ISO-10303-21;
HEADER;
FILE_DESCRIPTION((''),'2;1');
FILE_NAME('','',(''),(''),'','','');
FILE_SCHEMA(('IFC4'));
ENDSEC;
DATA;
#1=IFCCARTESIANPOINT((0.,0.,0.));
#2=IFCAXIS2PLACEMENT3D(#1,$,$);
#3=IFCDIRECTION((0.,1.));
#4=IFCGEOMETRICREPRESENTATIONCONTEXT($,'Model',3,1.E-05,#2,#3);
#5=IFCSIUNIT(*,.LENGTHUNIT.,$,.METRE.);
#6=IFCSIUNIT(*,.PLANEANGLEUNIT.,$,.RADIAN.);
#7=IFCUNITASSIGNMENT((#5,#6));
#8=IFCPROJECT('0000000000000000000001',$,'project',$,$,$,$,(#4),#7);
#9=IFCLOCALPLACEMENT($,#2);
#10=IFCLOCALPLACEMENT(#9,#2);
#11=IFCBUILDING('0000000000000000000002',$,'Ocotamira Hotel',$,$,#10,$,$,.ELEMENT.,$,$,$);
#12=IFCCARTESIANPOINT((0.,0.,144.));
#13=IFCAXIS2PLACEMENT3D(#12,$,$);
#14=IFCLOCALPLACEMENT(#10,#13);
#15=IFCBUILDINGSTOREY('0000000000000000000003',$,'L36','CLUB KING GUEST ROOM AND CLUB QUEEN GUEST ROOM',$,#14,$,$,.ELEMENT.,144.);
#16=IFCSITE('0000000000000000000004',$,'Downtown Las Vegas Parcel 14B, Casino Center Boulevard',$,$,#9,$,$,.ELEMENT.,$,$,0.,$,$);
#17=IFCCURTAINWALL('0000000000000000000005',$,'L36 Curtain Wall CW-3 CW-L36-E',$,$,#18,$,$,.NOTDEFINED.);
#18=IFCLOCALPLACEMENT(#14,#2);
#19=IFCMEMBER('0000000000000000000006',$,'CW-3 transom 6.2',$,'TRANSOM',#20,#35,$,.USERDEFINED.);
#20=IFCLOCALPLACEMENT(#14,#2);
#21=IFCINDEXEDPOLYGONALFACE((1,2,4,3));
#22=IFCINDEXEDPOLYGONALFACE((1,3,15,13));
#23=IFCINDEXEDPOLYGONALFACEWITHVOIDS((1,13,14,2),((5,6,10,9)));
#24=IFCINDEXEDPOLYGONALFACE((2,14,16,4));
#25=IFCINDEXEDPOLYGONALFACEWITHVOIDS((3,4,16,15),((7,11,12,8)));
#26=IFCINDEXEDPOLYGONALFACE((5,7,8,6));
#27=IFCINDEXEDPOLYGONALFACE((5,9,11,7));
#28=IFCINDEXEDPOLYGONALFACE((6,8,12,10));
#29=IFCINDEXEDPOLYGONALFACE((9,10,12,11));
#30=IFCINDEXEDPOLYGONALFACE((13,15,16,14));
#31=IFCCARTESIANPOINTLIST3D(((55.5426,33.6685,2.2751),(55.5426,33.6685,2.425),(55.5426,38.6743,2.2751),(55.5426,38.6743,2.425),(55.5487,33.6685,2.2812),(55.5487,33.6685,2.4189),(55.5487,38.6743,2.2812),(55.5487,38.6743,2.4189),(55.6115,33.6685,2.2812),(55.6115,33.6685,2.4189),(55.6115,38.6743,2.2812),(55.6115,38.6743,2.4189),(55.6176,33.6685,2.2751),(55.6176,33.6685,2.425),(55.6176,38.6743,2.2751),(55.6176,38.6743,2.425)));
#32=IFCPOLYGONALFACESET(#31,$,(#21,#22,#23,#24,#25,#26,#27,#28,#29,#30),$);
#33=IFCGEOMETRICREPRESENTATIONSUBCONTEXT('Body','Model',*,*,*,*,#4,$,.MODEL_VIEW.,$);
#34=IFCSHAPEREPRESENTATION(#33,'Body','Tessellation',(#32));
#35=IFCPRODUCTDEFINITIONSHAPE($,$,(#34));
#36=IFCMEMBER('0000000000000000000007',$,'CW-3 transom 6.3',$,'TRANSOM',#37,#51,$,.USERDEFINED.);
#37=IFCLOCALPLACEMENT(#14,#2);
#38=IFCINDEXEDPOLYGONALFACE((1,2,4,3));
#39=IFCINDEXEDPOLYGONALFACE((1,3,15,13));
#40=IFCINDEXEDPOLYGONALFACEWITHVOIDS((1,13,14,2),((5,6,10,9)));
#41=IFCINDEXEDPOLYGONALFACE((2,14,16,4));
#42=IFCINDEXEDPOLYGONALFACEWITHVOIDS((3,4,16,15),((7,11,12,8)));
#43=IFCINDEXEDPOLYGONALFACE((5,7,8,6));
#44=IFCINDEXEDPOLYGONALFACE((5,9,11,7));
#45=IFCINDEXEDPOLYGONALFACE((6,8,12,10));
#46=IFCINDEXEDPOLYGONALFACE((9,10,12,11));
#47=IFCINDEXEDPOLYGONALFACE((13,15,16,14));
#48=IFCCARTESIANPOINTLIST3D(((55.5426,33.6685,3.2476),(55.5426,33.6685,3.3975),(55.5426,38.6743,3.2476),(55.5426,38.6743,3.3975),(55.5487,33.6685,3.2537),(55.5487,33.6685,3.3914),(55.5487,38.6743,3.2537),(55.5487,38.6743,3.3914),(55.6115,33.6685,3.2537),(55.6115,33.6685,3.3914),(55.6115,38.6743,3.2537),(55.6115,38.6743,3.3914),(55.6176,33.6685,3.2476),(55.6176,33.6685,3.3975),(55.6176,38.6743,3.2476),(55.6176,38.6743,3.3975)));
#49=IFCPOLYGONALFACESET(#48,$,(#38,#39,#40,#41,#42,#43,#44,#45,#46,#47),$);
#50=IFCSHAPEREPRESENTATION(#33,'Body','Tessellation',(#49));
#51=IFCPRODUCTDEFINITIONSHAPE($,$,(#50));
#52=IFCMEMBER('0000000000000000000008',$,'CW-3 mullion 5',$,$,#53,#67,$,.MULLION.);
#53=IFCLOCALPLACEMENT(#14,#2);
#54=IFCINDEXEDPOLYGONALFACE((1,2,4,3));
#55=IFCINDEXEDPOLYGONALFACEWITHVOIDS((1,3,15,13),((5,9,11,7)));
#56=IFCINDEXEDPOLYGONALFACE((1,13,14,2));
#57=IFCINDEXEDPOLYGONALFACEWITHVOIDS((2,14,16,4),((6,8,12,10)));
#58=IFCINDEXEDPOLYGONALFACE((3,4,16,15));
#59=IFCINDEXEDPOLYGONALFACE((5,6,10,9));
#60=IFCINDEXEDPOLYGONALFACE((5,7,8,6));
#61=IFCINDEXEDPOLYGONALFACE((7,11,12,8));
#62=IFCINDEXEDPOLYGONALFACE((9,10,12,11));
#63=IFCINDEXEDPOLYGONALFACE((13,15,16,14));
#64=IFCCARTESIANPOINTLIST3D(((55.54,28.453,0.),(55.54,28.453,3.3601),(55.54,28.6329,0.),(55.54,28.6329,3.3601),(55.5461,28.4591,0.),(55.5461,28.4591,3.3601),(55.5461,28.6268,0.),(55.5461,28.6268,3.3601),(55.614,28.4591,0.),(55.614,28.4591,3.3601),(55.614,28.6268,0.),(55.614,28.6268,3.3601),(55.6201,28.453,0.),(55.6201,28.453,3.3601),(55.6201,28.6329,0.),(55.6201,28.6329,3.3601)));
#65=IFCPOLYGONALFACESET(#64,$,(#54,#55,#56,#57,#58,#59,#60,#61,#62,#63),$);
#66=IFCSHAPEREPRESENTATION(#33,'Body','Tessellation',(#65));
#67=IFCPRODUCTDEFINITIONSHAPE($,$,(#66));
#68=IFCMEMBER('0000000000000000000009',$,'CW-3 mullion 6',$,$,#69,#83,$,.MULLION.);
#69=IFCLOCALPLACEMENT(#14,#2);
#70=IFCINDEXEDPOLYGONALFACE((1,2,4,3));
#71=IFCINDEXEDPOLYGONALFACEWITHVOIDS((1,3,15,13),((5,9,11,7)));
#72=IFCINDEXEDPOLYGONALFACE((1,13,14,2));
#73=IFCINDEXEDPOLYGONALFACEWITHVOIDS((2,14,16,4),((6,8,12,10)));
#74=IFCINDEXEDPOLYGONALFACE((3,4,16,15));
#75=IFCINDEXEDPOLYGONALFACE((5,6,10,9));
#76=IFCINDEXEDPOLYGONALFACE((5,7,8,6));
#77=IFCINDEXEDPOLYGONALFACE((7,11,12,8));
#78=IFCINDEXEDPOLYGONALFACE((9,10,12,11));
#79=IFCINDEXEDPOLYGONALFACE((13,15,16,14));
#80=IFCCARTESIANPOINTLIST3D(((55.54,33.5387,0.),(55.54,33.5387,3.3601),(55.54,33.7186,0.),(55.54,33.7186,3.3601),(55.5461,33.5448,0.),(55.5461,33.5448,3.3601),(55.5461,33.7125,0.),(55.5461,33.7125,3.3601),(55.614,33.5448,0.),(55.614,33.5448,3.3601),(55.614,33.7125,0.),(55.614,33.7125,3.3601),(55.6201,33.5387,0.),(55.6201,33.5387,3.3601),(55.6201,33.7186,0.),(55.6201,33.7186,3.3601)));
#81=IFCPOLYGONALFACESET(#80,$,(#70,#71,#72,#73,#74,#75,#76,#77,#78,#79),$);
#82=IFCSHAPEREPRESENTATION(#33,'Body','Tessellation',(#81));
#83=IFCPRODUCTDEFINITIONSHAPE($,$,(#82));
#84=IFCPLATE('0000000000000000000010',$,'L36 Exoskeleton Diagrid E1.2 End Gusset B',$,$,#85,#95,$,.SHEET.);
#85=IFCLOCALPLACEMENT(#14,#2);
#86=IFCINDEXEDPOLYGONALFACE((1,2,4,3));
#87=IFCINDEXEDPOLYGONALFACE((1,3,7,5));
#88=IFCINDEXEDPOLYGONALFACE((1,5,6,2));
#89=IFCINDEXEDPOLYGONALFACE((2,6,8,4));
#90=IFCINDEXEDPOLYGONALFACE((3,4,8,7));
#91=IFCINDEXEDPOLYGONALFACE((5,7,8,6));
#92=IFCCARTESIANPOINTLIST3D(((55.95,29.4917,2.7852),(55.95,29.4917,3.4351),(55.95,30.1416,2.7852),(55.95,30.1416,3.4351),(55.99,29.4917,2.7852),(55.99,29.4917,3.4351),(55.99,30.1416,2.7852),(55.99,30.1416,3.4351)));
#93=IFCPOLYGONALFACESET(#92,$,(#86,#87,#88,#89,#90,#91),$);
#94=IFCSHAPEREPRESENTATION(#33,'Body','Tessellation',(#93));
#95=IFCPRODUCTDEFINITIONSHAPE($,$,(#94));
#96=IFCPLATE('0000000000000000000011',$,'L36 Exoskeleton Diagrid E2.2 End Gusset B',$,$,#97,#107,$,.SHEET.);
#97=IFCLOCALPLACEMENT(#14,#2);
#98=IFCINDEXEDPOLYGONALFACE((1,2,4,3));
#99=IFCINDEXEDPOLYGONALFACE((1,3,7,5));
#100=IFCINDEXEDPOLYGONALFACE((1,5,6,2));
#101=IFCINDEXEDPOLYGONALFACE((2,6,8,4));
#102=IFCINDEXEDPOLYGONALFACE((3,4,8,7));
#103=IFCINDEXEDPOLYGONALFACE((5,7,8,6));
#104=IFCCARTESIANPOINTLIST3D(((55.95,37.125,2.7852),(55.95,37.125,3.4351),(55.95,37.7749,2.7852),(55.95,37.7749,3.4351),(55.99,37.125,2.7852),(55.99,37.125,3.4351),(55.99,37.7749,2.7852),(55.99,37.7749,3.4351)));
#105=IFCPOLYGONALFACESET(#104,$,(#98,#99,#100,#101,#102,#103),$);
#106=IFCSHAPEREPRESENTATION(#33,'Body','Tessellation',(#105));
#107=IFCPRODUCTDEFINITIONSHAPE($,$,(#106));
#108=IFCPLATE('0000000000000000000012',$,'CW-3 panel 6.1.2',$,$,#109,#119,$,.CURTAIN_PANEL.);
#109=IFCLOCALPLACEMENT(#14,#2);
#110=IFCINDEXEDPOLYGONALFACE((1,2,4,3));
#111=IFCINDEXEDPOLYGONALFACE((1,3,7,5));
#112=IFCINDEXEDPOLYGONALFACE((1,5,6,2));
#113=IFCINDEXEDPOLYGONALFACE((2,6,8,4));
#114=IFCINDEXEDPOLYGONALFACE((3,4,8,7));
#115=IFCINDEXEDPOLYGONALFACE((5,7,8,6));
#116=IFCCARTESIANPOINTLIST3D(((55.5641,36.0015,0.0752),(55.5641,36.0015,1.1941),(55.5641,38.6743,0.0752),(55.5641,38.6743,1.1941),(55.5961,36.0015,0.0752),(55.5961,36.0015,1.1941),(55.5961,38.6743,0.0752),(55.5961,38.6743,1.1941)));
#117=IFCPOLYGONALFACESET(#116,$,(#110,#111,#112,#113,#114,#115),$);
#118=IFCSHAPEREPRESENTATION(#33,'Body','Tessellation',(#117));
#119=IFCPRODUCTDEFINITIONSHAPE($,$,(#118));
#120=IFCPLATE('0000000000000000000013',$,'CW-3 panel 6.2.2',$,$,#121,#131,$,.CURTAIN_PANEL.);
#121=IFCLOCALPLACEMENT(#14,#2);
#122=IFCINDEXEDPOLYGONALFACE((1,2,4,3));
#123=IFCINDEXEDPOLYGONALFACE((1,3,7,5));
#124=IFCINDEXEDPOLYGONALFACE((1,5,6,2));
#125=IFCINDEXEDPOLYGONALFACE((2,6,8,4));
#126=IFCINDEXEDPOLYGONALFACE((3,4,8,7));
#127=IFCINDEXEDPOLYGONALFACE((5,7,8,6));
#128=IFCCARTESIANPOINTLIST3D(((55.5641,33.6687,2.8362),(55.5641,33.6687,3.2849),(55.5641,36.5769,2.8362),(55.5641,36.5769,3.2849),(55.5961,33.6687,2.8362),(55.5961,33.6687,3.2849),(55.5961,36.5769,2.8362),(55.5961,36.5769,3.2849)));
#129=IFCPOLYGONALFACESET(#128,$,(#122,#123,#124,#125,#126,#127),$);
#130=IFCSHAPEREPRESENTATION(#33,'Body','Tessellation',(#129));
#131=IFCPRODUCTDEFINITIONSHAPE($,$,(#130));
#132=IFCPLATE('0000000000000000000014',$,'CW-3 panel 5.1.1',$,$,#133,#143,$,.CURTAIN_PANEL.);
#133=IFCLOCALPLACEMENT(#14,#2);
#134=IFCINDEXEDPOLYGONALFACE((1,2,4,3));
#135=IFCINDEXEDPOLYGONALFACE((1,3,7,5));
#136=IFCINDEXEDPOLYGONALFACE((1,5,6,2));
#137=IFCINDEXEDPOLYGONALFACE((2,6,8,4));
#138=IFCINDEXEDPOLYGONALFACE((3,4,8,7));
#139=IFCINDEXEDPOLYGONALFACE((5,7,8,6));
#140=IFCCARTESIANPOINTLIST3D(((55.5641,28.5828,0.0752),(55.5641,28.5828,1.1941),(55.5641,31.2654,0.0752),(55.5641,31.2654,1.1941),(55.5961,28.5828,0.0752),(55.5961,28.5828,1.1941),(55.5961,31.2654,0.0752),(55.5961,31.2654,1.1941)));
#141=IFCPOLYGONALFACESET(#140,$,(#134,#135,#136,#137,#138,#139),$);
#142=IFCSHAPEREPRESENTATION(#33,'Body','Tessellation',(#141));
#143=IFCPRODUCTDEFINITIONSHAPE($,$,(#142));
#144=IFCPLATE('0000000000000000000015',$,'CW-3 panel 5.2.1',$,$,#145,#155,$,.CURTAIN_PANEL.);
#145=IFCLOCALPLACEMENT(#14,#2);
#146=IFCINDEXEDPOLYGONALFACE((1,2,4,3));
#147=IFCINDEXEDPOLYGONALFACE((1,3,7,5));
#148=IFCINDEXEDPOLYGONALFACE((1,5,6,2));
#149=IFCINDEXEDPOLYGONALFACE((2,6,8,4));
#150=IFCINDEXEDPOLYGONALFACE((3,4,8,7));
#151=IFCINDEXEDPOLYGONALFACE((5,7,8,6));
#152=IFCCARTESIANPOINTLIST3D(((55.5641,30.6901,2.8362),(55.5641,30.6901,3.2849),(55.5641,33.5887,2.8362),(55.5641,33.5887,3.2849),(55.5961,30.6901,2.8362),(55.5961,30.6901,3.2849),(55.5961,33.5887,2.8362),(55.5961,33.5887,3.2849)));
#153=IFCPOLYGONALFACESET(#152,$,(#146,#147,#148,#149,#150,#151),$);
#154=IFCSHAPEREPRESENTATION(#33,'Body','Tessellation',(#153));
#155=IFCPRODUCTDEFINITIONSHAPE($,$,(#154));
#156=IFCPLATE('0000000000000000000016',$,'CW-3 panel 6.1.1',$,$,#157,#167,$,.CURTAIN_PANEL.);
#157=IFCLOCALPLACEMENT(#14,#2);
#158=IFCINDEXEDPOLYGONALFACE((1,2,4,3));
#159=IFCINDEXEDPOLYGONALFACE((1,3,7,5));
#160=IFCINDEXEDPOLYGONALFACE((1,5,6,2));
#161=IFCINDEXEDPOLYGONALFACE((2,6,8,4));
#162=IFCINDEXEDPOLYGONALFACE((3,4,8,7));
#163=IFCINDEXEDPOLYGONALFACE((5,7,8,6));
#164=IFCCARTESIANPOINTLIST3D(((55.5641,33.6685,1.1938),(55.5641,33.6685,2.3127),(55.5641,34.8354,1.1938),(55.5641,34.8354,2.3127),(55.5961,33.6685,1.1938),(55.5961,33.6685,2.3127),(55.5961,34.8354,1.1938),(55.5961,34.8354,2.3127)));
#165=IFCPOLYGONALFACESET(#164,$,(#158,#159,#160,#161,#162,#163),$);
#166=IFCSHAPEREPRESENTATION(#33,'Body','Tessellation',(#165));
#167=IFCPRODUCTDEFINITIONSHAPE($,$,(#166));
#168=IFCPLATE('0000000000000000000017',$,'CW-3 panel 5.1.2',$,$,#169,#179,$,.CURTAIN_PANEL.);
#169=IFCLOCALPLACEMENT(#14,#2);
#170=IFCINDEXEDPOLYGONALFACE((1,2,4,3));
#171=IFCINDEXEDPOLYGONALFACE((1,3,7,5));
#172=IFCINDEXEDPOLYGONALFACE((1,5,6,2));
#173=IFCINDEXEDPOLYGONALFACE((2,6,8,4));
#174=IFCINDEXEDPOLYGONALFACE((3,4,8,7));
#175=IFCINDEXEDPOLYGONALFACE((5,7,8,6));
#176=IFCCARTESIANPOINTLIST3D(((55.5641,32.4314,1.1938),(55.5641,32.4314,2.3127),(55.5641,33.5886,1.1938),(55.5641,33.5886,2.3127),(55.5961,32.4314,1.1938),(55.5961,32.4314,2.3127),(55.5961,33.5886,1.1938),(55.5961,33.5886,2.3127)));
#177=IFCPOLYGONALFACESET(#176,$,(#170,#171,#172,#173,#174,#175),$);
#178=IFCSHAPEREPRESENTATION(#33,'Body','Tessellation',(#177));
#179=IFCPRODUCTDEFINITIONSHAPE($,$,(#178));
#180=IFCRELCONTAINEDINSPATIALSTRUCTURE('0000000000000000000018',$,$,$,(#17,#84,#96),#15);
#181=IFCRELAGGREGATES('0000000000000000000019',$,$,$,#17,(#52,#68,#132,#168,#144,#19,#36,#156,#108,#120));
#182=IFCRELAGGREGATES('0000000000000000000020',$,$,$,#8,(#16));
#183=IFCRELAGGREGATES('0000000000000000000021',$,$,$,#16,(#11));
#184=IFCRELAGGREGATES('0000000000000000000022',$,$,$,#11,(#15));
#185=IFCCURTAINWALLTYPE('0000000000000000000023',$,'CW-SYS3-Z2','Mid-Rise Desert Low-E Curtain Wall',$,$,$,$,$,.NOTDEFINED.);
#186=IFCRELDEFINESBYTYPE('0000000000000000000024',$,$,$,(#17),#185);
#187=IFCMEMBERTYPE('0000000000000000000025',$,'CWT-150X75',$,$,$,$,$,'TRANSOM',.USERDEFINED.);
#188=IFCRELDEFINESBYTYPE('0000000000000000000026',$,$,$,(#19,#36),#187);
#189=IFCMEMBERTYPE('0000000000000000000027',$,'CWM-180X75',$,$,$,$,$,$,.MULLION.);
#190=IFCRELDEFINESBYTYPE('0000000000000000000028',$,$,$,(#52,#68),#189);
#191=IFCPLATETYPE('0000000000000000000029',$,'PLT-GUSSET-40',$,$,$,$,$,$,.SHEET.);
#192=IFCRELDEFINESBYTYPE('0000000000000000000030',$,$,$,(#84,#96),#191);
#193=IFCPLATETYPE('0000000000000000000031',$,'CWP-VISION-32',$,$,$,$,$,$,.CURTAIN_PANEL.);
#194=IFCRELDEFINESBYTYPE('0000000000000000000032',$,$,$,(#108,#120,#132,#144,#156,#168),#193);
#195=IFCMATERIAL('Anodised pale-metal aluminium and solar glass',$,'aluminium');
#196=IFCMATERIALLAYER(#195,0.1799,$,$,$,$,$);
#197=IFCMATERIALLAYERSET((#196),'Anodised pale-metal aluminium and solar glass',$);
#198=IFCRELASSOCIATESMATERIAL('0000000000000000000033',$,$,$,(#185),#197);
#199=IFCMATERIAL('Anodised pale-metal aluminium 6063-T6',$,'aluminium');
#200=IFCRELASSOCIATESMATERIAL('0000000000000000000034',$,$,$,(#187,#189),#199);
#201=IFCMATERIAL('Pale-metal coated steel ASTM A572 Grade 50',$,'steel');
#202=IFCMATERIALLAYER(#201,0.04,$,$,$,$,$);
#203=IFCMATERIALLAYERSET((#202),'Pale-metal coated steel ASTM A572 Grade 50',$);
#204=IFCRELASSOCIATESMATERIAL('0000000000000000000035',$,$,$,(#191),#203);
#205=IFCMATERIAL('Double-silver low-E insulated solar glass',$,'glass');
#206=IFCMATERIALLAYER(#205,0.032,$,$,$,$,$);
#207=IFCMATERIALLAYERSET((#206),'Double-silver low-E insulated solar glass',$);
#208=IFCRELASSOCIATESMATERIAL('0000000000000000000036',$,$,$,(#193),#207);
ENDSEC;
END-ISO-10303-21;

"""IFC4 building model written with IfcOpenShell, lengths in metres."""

from ifc_helpers import new_model, si_unit, direction, frame, origin, origin_2d, place, context, subcontext, project, spatial, rectangle, hollow_rectangle, extrude, source, transform, mapped, material, layer, layer_set, material_profile, profile_set, type_object, element, aggregate, save


model = new_model("IFC4")

# Units and contexts
model_context = context("Model", 3, precision=1e-05, world=origin(), true_north=direction((0.0, 1.0)))
body_context = subcontext(model_context, "Body", "Model", "MODEL_VIEW")
ifc_project = project(units=[si_unit("LENGTHUNIT", "METRE"), si_unit("PLANEANGLEUNIT", "RADIAN")], contexts=[model_context])

# Site, building, storey
site_placement = place(None, origin())
site = spatial("IfcSite", under=ifc_project, at=site_placement, Name="Downtown Las Vegas Parcel 14B, Casino Center Boulevard", CompositionType="ELEMENT", RefElevation=0.0)
building_placement = place(site_placement, origin())
building = spatial("IfcBuilding", under=site, at=building_placement, Name="Ocotamira Hotel", CompositionType="ELEMENT")
storey_placement = place(building_placement, frame((0.0, 0.0, 144.0)))
storey = spatial("IfcBuildingStorey", under=building, at=storey_placement, Name="L36", Description="CLUB KING GUEST ROOM AND CLUB QUEEN GUEST ROOM", CompositionType="ELEMENT", Elevation=144.0)

# Curtain wall, members
ifc_material_1 = material(Name="Anodised pale-metal aluminium and solar glass", Category="aluminium")
ifc_layer_1 = layer(ifc_material_1, 0.1799)
ifc_layer_set_1 = layer_set([ifc_layer_1], Name="Anodised pale-metal aluminium and solar glass")
curtain_wall_type = type_object("IfcCurtainWallType", Name="CW-SYS3-Z2", Description="Mid-Rise Desert Low-E Curtain Wall", PredefinedType="NOTDEFINED", material=ifc_layer_set_1)
curtain_wall_placement = place(storey_placement, origin())
curtain_wall = element("IfcCurtainWall", 1, at=curtain_wall_placement, inside=storey, type_object=curtain_wall_type, Name="L36 Curtain Wall CW-3 CW-L36-E", PredefinedType="NOTDEFINED")
ifc_material_2 = material(Name="Anodised pale-metal aluminium 6063-T6", Category="aluminium")
ifc_material_profile_1 = material_profile(ifc_material_2, hollow_rectangle(XDim=0.075, YDim=0.1499, WallThickness=0.0061, at=origin_2d()), Name="HSS150X75X6")
ifc_profile_set_1 = profile_set([ifc_material_profile_1], Name="Anodised pale-metal aluminium 6063-T6")
member_type_1 = type_object("IfcMemberType", Name="CWT-150X75", ElementType="TRANSOM", PredefinedType="USERDEFINED", material=ifc_profile_set_1)
shared_shape_1 = source(origin(), body_context, "Body", "SweptSolid", [
    extrude(hollow_rectangle(XDim=0.075, YDim=0.1499, WallThickness=0.0061, at=origin_2d()), origin(), (0.0, 0.0, 1.0), 5.0059),
])
member_1_placement = place(storey_placement, frame((55.5801, 33.6685, 2.3501), z_axis=(0.0, 1.0, 0.0), x_axis=(-1.0, 0.0, 0.0)))
member_1 = element("IfcMember", 2, at=member_1_placement, type_object=member_type_1, Name="CW-3 transom 6.2", ObjectType="TRANSOM", PredefinedType="USERDEFINED", context=body_context, shape_type="MappedRepresentation", body=[
    mapped(shared_shape_1, transform((0.0, 0.0, 0.0), scale=1.0)),
])
member_2_placement = place(storey_placement, frame((55.5801, 33.6685, 3.3225), z_axis=(0.0, 1.0, 0.0), x_axis=(-1.0, 0.0, 0.0)))
member_2 = element("IfcMember", 3, at=member_2_placement, type_object=member_type_1, Name="CW-3 transom 6.3", ObjectType="TRANSOM", PredefinedType="USERDEFINED", context=body_context, shape_type="MappedRepresentation", body=[
    mapped(shared_shape_1, transform((0.0, 0.0, 0.0), scale=1.0)),
])
ifc_material_profile_2 = material_profile(ifc_material_2, hollow_rectangle(XDim=0.0801, YDim=0.1799, WallThickness=0.0061, at=origin_2d()), Name="HSS180X80X6")
ifc_profile_set_2 = profile_set([ifc_material_profile_2], Name="Anodised pale-metal aluminium 6063-T6")
member_type_2 = type_object("IfcMemberType", Name="CWM-180X75", PredefinedType="MULLION", material=ifc_profile_set_2)
shared_shape_2 = source(origin(), body_context, "Body", "SweptSolid", [
    extrude(hollow_rectangle(XDim=0.0801, YDim=0.1799, WallThickness=0.0061, at=origin_2d()), origin(), (0.0, 0.0, 1.0), 3.3601),
])
member_3_placement = place(storey_placement, frame((55.5801, 28.543, 0.0), z_axis=(0.0, 0.0, 1.0), x_axis=(-1.0, 0.0, 0.0)))
member_3 = element("IfcMember", 4, at=member_3_placement, type_object=member_type_2, Name="CW-3 mullion 5", PredefinedType="MULLION", context=body_context, shape_type="MappedRepresentation", body=[
    mapped(shared_shape_2, transform((0.0, 0.0, 0.0), scale=1.0)),
])
member_4_placement = place(storey_placement, frame((55.5801, 33.6287, 0.0), z_axis=(0.0, 0.0, 1.0), x_axis=(-1.0, 0.0, 0.0)))
member_4 = element("IfcMember", 5, at=member_4_placement, type_object=member_type_2, Name="CW-3 mullion 6", PredefinedType="MULLION", context=body_context, shape_type="MappedRepresentation", body=[
    mapped(shared_shape_2, transform((0.0, 0.0, 0.0), scale=1.0)),
])

# Plates
ifc_material_3 = material(Name="Pale-metal coated steel ASTM A572 Grade 50", Category="steel")
ifc_layer_2 = layer(ifc_material_3, 0.04)
ifc_layer_set_2 = layer_set([ifc_layer_2], Name="Pale-metal coated steel ASTM A572 Grade 50")
plate_type_1 = type_object("IfcPlateType", Name="PLT-GUSSET-40", PredefinedType="SHEET", material=ifc_layer_set_2)
shared_shape_3 = source(origin(), body_context, "Body", "SweptSolid", [
    extrude(rectangle(XDim=0.04, YDim=0.6499, at=origin_2d()), origin(), (0.0, 0.0, 1.0), 0.6499),
])
for number, where, z_axis, x_axis, name in (
    (6, (55.97, 29.8167, 2.7852), (0.0, 0.0, 1.0), (1.0, 0.0, 0.0), "L36 Exoskeleton Diagrid E1.2 End Gusset B"),
    (7, (55.97, 37.45, 2.7852), (0.0, 0.0, 1.0), (1.0, 0.0, 0.0), "L36 Exoskeleton Diagrid E2.2 End Gusset B"),
):
    element("IfcPlate", number, at=place(storey_placement, frame(where, z_axis=z_axis, x_axis=x_axis)), inside=storey, type_object=plate_type_1, Name=name, PredefinedType="SHEET", context=body_context, shape_type="MappedRepresentation", body=[
        mapped(shared_shape_3, transform((0.0, 0.0, 0.0), scale=1.0)),
    ])

# Plates
ifc_material_4 = material(Name="Double-silver low-E insulated solar glass", Category="glass")
ifc_layer_3 = layer(ifc_material_4, 0.032)
ifc_layer_set_3 = layer_set([ifc_layer_3], Name="Double-silver low-E insulated solar glass")
plate_type_2 = type_object("IfcPlateType", Name="CWP-VISION-32", PredefinedType="CURTAIN_PANEL", material=ifc_layer_set_3)
shared_shape_4 = source(origin(), body_context, "Body", "SweptSolid", [
    extrude(rectangle(XDim=2.6729, YDim=0.032, at=origin_2d()), origin(), (0.0, 0.0, 1.0), 1.1189),
])
plate_1_placement = place(storey_placement, frame((55.5801, 37.3379, 0.0752), z_axis=(0.0, 0.0, 1.0), x_axis=(0.0, 1.0, 0.0)))
plate_1 = element("IfcPlate", 8, at=plate_1_placement, type_object=plate_type_2, Name="CW-3 panel 6.1.2", PredefinedType="CURTAIN_PANEL", context=body_context, shape_type="MappedRepresentation", body=[
    mapped(shared_shape_4, transform((0.0, 0.0, 0.0), scale=1.0)),
])
shared_shape_5 = source(origin(), body_context, "Body", "SweptSolid", [
    extrude(rectangle(XDim=2.9082, YDim=0.032, at=origin_2d()), origin(), (0.0, 0.0, 1.0), 0.4487),
])
plate_2_placement = place(storey_placement, frame((55.5801, 35.1228, 2.8362), z_axis=(0.0, 0.0, 1.0), x_axis=(0.0, 1.0, 0.0)))
plate_2 = element("IfcPlate", 9, at=plate_2_placement, type_object=plate_type_2, Name="CW-3 panel 6.2.2", PredefinedType="CURTAIN_PANEL", context=body_context, shape_type="MappedRepresentation", body=[
    mapped(shared_shape_5, transform((0.0, 0.0, 0.0), scale=1.0)),
])
shared_shape_6 = source(origin(), body_context, "Body", "SweptSolid", [
    extrude(rectangle(XDim=2.6826, YDim=0.032, at=origin_2d()), origin(), (0.0, 0.0, 1.0), 1.1189),
])
plate_3_placement = place(storey_placement, frame((55.5801, 29.9241, 0.0752), z_axis=(0.0, 0.0, 1.0), x_axis=(0.0, 1.0, 0.0)))
plate_3 = element("IfcPlate", 10, at=plate_3_placement, type_object=plate_type_2, Name="CW-3 panel 5.1.1", PredefinedType="CURTAIN_PANEL", context=body_context, shape_type="MappedRepresentation", body=[
    mapped(shared_shape_6, transform((0.0, 0.0, 0.0), scale=1.0)),
])
shared_shape_7 = source(origin(), body_context, "Body", "SweptSolid", [
    extrude(rectangle(XDim=2.8987, YDim=0.032, at=origin_2d()), origin(), (0.0, 0.0, 1.0), 0.4487),
])
plate_4_placement = place(storey_placement, frame((55.5801, 32.1394, 2.8362), z_axis=(0.0, 0.0, 1.0), x_axis=(0.0, 1.0, 0.0)))
plate_4 = element("IfcPlate", 11, at=plate_4_placement, type_object=plate_type_2, Name="CW-3 panel 5.2.1", PredefinedType="CURTAIN_PANEL", context=body_context, shape_type="MappedRepresentation", body=[
    mapped(shared_shape_7, transform((0.0, 0.0, 0.0), scale=1.0)),
])
shared_shape_8 = source(origin(), body_context, "Body", "SweptSolid", [
    extrude(rectangle(XDim=1.167, YDim=0.032, at=origin_2d()), origin(), (0.0, 0.0, 1.0), 1.1189),
])
plate_5_placement = place(storey_placement, frame((55.5801, 34.252, 1.1938), z_axis=(0.0, 0.0, 1.0), x_axis=(0.0, 1.0, 0.0)))
plate_5 = element("IfcPlate", 12, at=plate_5_placement, type_object=plate_type_2, Name="CW-3 panel 6.1.1", PredefinedType="CURTAIN_PANEL", context=body_context, shape_type="MappedRepresentation", body=[
    mapped(shared_shape_8, transform((0.0, 0.0, 0.0), scale=1.0)),
])
shared_shape_9 = source(origin(), body_context, "Body", "SweptSolid", [
    extrude(rectangle(XDim=1.1572, YDim=0.032, at=origin_2d()), origin(), (0.0, 0.0, 1.0), 1.1189),
])
plate_6_placement = place(storey_placement, frame((55.5801, 33.01, 1.1938), z_axis=(0.0, 0.0, 1.0), x_axis=(0.0, 1.0, 0.0)))
plate_6 = element("IfcPlate", 13, at=plate_6_placement, type_object=plate_type_2, Name="CW-3 panel 5.1.2", PredefinedType="CURTAIN_PANEL", context=body_context, shape_type="MappedRepresentation", body=[
    mapped(shared_shape_9, transform((0.0, 0.0, 0.0), scale=1.0)),
])
aggregate(curtain_wall, [member_3, member_4, plate_3, plate_6, plate_4, member_1, member_2, plate_5, plate_1, plate_2])

save(model, "model.ifc")
